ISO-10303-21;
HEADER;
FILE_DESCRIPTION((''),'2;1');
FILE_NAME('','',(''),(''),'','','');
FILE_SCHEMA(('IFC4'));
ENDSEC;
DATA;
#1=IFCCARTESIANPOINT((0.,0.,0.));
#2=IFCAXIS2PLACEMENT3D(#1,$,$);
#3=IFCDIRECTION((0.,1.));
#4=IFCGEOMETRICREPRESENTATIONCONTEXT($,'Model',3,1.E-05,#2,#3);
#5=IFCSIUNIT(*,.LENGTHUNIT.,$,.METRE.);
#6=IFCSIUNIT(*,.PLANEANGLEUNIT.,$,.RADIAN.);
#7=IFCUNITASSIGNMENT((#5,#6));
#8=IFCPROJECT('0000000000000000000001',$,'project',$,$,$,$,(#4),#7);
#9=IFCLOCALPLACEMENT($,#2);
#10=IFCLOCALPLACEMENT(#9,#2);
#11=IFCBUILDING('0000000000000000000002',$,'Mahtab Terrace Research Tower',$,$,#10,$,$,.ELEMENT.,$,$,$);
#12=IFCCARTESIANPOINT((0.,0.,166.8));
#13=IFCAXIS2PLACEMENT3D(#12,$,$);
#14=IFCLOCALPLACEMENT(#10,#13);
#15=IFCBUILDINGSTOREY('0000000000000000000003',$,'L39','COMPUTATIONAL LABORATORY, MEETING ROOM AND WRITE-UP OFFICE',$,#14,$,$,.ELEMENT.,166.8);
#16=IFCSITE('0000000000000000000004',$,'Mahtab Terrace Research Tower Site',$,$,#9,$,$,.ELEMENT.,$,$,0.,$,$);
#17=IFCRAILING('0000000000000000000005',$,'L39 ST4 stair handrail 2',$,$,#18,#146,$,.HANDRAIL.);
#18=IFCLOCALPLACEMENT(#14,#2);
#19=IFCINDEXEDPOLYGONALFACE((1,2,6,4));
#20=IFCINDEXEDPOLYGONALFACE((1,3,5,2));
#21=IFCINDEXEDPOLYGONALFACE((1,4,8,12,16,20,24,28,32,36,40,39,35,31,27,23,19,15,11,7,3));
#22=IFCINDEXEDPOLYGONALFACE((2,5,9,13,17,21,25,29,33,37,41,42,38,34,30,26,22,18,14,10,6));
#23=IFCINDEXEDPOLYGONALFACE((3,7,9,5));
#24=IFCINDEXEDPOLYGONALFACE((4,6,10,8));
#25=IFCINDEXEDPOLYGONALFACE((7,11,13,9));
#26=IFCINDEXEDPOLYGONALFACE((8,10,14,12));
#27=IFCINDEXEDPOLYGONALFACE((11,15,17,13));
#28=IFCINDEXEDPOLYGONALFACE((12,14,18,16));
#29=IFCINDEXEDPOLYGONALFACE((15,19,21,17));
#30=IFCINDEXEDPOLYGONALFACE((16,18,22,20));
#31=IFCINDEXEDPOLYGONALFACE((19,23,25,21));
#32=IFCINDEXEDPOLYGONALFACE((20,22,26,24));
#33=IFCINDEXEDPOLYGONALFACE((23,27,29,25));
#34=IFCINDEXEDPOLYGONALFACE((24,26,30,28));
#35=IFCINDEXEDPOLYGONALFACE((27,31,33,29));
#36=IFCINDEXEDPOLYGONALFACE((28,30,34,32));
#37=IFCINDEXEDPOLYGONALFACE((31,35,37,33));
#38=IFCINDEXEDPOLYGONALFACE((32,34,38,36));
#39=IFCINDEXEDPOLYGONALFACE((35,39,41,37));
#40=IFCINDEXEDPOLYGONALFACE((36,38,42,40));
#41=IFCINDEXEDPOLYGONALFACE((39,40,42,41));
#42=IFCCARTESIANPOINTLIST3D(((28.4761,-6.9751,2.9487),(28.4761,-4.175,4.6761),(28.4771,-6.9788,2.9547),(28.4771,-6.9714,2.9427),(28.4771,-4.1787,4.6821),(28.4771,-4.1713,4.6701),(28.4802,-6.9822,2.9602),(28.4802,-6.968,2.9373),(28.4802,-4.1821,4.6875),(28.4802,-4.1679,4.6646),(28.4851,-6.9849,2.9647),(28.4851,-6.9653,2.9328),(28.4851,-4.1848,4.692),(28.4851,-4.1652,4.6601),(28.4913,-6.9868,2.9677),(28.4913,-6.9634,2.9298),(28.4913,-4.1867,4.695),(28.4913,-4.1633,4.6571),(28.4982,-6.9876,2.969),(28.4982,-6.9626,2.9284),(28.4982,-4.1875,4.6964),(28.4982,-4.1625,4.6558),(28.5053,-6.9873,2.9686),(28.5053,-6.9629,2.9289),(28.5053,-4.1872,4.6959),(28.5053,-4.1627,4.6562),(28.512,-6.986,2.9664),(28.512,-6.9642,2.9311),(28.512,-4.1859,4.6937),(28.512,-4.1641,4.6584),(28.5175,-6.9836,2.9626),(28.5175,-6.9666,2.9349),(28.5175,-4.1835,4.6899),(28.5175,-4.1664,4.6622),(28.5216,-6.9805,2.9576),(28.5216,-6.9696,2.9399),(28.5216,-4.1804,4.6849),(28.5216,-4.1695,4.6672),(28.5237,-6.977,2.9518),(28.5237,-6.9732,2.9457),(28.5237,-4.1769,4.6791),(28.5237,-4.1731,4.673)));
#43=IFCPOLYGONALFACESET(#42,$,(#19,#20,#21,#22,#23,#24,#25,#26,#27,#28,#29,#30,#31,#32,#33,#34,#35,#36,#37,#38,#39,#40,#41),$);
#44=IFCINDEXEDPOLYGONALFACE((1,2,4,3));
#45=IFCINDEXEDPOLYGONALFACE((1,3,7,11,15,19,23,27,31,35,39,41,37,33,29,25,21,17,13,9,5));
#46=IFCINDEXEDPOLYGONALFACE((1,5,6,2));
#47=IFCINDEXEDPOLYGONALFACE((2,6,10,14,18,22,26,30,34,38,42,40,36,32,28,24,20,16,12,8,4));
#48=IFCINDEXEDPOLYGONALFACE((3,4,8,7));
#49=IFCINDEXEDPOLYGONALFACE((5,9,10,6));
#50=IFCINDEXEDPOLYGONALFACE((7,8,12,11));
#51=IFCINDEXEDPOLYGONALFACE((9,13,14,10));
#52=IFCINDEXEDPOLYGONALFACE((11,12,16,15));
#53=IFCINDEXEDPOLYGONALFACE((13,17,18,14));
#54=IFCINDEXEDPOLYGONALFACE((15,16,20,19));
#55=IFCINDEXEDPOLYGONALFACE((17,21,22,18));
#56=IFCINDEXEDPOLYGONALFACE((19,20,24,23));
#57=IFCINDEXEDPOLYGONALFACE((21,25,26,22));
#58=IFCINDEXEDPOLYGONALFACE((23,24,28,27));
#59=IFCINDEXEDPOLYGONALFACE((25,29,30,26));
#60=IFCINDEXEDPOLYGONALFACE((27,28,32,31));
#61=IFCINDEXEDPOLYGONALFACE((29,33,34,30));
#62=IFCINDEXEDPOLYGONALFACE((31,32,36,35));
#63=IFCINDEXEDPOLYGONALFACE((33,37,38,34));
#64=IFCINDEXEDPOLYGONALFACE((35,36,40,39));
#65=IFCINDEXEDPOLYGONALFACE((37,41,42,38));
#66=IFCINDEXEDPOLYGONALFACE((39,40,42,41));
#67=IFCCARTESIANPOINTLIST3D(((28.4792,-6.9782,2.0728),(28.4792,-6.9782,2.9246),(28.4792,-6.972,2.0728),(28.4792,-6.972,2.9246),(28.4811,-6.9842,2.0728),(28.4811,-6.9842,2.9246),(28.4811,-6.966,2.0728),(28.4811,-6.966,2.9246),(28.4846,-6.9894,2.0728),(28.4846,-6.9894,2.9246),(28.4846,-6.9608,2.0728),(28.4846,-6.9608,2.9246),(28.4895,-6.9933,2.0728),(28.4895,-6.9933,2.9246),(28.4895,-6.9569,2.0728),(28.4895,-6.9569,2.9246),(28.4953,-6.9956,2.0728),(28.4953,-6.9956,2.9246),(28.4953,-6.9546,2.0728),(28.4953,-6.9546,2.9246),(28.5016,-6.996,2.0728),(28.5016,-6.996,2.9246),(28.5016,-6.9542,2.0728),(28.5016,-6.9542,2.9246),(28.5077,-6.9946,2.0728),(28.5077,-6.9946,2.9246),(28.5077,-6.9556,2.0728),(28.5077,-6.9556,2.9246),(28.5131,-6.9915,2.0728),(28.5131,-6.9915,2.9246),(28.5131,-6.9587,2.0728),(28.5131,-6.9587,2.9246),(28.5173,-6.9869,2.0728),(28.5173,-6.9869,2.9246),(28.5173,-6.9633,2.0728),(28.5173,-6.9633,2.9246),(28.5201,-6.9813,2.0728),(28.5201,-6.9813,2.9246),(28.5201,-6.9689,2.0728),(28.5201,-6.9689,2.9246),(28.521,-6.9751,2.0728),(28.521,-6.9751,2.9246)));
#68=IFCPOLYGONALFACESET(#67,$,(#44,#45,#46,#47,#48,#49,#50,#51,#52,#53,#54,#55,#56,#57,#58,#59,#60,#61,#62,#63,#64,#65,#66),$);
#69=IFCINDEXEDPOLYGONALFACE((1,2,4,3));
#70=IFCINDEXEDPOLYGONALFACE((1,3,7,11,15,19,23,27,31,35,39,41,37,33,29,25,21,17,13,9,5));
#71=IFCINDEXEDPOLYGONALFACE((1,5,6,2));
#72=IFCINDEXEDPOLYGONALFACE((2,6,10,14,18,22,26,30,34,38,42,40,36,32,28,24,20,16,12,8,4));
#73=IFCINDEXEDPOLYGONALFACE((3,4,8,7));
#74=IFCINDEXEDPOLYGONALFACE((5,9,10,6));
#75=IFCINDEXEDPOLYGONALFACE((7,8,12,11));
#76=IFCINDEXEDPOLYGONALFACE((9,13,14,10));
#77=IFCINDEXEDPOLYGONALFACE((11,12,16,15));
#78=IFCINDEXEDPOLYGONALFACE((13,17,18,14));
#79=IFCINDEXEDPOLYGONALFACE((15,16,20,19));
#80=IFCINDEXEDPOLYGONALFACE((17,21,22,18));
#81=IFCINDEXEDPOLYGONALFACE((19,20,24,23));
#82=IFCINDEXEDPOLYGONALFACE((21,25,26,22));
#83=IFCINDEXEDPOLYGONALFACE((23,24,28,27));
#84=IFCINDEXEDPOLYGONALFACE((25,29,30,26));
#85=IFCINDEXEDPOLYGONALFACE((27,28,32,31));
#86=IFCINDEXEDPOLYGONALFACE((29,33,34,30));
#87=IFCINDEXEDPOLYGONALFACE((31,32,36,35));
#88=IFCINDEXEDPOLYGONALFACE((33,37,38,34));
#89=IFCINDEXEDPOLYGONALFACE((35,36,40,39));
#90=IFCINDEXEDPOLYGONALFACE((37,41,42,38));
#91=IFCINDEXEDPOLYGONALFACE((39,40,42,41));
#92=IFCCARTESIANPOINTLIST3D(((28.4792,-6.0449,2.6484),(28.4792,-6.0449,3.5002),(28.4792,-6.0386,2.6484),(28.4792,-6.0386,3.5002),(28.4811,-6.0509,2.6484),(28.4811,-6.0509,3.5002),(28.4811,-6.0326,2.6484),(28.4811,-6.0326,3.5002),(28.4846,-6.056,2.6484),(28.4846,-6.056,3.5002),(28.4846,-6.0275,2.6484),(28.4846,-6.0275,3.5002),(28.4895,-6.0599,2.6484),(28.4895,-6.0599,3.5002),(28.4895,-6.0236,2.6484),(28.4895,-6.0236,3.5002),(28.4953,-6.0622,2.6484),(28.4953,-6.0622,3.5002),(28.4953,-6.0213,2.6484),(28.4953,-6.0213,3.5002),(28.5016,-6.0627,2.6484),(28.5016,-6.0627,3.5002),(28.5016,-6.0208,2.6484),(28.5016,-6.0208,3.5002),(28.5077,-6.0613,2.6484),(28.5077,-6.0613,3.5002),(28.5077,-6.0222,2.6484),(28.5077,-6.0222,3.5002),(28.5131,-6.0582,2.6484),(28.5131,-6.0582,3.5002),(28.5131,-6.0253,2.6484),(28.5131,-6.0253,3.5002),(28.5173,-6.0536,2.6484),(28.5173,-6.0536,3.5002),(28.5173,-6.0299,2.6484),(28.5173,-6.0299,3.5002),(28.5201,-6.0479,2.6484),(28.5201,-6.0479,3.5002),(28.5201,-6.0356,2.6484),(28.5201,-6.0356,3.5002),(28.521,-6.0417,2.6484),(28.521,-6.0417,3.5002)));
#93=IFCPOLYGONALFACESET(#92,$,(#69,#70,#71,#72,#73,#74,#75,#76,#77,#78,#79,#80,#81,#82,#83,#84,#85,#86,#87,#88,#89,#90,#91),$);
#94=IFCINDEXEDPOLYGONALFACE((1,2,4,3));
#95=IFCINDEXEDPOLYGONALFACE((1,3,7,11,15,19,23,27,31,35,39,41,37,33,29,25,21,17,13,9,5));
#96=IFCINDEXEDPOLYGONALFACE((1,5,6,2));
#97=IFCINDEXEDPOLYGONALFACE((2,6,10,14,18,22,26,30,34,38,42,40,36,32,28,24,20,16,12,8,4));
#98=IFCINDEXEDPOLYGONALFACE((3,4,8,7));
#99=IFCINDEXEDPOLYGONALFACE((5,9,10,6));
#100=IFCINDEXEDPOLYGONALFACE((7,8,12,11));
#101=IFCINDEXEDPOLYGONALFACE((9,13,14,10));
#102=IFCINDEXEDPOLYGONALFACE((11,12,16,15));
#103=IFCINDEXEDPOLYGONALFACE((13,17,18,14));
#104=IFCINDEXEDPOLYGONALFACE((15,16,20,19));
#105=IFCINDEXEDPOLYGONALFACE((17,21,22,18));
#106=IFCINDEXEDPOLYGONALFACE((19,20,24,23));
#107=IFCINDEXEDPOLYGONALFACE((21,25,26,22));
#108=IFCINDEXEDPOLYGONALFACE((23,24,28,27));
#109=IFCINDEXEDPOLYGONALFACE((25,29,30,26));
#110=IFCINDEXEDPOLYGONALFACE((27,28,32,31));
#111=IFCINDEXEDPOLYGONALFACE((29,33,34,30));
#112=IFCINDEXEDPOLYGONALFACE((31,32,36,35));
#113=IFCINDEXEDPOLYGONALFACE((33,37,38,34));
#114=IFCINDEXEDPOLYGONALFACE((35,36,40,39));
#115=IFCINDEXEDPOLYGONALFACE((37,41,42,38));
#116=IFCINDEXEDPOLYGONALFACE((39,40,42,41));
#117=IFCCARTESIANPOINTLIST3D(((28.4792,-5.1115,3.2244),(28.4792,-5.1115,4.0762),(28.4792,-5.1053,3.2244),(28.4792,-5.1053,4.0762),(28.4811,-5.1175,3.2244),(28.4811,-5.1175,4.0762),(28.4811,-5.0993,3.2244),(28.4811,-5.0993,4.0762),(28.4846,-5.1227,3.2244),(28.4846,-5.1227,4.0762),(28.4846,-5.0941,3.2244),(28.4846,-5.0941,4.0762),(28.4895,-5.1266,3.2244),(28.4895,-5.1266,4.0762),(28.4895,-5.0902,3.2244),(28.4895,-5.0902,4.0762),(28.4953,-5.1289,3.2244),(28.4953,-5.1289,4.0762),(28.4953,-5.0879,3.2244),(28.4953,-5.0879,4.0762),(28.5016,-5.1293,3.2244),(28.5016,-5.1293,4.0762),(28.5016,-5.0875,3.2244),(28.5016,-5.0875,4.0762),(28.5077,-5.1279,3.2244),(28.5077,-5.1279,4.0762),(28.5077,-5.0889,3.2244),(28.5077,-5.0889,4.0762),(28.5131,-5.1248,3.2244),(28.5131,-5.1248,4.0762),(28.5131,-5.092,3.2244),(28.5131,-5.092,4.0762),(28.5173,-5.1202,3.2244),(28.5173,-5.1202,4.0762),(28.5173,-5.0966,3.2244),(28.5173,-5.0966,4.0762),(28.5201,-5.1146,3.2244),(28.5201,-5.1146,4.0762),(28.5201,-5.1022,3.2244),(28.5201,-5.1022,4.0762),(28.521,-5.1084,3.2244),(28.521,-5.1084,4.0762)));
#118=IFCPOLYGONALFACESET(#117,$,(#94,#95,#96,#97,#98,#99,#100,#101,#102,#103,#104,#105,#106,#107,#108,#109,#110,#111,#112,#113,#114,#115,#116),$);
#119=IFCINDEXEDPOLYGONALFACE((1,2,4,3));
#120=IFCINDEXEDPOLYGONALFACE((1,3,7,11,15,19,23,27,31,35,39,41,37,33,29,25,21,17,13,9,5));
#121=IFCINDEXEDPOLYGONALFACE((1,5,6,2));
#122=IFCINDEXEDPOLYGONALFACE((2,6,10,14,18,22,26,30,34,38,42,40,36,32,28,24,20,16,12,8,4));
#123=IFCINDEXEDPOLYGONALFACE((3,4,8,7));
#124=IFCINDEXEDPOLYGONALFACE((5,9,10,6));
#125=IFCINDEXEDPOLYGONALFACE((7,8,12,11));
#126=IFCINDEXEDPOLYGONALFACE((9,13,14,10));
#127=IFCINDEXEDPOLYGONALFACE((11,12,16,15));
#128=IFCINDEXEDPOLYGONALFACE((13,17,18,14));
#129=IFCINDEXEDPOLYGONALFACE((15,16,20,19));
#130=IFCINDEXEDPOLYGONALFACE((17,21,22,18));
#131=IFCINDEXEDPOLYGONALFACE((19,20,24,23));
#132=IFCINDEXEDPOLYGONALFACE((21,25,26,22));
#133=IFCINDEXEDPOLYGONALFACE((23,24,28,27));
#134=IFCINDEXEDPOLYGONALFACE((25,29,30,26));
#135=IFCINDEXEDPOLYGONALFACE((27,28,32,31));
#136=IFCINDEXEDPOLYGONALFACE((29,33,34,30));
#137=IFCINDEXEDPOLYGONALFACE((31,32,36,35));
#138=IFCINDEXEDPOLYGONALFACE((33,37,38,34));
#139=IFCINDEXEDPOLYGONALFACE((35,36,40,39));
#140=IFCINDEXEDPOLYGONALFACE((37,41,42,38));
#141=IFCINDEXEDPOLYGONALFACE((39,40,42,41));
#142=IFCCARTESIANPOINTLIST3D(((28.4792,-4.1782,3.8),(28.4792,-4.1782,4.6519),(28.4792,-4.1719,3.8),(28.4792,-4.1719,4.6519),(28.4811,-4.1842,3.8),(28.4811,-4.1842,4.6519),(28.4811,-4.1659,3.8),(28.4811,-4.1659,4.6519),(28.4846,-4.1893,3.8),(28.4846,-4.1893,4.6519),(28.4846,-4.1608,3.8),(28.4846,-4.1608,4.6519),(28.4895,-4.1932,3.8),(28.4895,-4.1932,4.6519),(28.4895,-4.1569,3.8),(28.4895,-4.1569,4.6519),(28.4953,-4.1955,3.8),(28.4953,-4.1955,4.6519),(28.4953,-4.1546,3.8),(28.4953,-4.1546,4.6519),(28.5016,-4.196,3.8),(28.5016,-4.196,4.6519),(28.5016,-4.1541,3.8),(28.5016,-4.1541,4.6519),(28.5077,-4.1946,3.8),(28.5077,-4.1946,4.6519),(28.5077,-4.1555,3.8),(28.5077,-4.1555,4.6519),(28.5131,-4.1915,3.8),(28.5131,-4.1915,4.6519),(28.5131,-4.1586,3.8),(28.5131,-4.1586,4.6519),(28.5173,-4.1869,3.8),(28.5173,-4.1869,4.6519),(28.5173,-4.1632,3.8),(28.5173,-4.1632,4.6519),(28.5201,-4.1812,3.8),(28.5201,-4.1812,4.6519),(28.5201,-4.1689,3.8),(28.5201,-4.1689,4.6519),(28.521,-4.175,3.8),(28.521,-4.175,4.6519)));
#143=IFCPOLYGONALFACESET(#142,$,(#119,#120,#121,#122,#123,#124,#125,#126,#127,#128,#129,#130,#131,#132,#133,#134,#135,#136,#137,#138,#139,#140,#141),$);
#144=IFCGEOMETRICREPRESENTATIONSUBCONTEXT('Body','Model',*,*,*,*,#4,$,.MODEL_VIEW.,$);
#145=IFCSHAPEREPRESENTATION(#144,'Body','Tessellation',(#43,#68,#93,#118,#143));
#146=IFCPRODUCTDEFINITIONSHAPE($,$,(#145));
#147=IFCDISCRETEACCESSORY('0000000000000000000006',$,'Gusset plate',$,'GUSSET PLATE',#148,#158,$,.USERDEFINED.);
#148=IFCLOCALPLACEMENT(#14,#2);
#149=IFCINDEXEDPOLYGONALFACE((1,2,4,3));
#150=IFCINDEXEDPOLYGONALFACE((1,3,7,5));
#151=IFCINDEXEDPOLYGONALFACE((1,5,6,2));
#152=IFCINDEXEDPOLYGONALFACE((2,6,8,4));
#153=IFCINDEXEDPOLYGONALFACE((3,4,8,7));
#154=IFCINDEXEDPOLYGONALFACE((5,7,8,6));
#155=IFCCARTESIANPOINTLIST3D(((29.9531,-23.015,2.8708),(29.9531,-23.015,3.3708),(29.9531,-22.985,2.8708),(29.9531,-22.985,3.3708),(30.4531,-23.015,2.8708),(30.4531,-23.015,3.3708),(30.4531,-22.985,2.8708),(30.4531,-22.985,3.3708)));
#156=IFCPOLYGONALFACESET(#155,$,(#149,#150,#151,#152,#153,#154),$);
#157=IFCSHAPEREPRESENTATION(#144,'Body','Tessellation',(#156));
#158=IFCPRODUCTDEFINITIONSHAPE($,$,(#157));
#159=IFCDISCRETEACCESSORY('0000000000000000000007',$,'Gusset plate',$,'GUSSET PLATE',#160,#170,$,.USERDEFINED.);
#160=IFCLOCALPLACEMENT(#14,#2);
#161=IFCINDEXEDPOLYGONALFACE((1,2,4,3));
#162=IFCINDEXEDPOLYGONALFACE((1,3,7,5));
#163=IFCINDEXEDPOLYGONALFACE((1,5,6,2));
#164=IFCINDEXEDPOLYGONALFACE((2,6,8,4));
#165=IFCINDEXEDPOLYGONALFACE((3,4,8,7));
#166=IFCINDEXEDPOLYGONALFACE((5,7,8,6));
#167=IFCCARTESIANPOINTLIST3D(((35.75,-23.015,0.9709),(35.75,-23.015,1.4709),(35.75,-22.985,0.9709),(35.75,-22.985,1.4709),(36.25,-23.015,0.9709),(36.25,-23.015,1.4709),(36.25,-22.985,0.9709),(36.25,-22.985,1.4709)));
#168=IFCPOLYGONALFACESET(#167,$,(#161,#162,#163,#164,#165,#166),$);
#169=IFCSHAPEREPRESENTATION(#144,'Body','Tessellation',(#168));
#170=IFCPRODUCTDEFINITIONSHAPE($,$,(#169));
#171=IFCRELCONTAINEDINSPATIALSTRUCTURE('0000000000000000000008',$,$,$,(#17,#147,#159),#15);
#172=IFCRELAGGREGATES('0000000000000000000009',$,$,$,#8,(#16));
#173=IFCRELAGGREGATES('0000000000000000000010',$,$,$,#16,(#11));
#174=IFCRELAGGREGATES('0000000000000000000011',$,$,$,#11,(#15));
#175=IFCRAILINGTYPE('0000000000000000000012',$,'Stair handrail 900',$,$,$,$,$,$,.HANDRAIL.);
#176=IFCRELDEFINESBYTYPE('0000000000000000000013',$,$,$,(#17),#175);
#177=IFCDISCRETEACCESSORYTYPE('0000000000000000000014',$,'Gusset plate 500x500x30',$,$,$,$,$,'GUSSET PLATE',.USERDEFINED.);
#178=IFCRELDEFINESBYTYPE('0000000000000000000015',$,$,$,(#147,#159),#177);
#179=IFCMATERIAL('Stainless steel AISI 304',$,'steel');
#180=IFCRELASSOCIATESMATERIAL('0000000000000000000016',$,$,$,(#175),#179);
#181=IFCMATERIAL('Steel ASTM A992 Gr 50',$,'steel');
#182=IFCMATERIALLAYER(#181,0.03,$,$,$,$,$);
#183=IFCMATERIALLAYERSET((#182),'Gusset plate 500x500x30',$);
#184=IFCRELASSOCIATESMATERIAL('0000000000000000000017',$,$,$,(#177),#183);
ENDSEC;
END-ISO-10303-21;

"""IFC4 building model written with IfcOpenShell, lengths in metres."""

from ifc_helpers import new_model, si_unit, direction, frame, origin, origin_2d, place, context, subcontext, project, spatial, rectangle, circle, extrude, material, layer, layer_set, type_object, element, save


model = new_model("IFC4")

# Units and contexts
model_context = context("Model", 3, precision=1e-05, world=origin(), true_north=direction((0.0, 1.0)))
body_context = subcontext(model_context, "Body", "Model", "MODEL_VIEW")
ifc_project = project(units=[si_unit("LENGTHUNIT", "METRE"), si_unit("PLANEANGLEUNIT", "RADIAN")], contexts=[model_context])

# Site, building, storey
site_placement = place(None, origin())
site = spatial("IfcSite", under=ifc_project, at=site_placement, Name="Mahtab Terrace Research Tower Site", CompositionType="ELEMENT", RefElevation=0.0)
building_placement = place(site_placement, origin())
building = spatial("IfcBuilding", under=site, at=building_placement, Name="Mahtab Terrace Research Tower", CompositionType="ELEMENT")
storey_placement = place(building_placement, frame((0.0, 0.0, 166.8)))
storey = spatial("IfcBuildingStorey", under=building, at=storey_placement, Name="L39", Description="COMPUTATIONAL LABORATORY, MEETING ROOM AND WRITE-UP OFFICE", CompositionType="ELEMENT", Elevation=166.8)

# Shared definitions
ifc_material_1 = material(Name="Steel ASTM A992 Gr 50", Category="steel")

# Railing
ifc_material_2 = material(Name="Stainless steel AISI 304", Category="steel")
railing_type_1 = type_object("IfcRailingType", Name="Stair handrail 900", PredefinedType="HANDRAIL", material=ifc_material_2)
railing_1_placement = place(storey_placement, frame((28.5, -6.9751, 2.0728)))
element("IfcRailing", 1, at=railing_1_placement, inside=storey, type_object=railing_type_1, Name="L39 ST4 stair handrail 2", PredefinedType="HANDRAIL", context=body_context, shape_type="SweptSolid", body=[
    extrude(circle(Radius=0.0239, at=origin_2d()), frame((0.0, 0.0, 0.876), z_axis=(0.0, 0.85109, 0.52502), x_axis=(-1.0, 0.0, 0.0)), (0.0, 0.0, 1.0), 3.29),
    extrude(circle(Radius=0.021, at=origin_2d()), origin(), (0.0, 0.0, 1.0), 0.8518),
    extrude(circle(Radius=0.021, at=origin_2d()), frame((0.0, 0.9333, 0.5757)), (0.0, 0.0, 1.0), 0.8518),
    extrude(circle(Radius=0.021, at=origin_2d()), frame((0.0, 1.8667, 1.1516)), (0.0, 0.0, 1.0), 0.8518),
    extrude(circle(Radius=0.021, at=origin_2d()), frame((0.0, 2.8, 1.7273)), (0.0, 0.0, 1.0), 0.8518),
])

# Discrete accessories
ifc_layer_1 = layer(ifc_material_1, 0.03)
ifc_layer_set_1 = layer_set([ifc_layer_1], Name="Gusset plate 500x500x30")
discrete_accessory_type = type_object("IfcDiscreteAccessoryType", Name="Gusset plate 500x500x30", ElementType="GUSSET PLATE", PredefinedType="USERDEFINED", material=ifc_layer_set_1)
for number, where, z_axis, x_axis, name in (
    (2, (30.2031, -23.0, 2.8708), (0.0, 0.0, 1.0), (1.0, 0.0, 0.0), "Gusset plate"),
    (3, (36.0, -23.0, 0.9709), (0.0, 0.0, 1.0), (1.0, 0.0, 0.0), "Gusset plate"),
):
    element("IfcDiscreteAccessory", number, at=place(storey_placement, frame(where, z_axis=z_axis, x_axis=x_axis)), inside=storey, type_object=discrete_accessory_type, Name=name, ObjectType="GUSSET PLATE", PredefinedType="USERDEFINED", context=body_context, shape_type="SweptSolid", body=[
        extrude(rectangle(XDim=0.5, YDim=0.03, at=origin_2d()), origin(), (0.0, 0.0, 1.0), 0.5),
    ])

save(model, "model.ifc")
